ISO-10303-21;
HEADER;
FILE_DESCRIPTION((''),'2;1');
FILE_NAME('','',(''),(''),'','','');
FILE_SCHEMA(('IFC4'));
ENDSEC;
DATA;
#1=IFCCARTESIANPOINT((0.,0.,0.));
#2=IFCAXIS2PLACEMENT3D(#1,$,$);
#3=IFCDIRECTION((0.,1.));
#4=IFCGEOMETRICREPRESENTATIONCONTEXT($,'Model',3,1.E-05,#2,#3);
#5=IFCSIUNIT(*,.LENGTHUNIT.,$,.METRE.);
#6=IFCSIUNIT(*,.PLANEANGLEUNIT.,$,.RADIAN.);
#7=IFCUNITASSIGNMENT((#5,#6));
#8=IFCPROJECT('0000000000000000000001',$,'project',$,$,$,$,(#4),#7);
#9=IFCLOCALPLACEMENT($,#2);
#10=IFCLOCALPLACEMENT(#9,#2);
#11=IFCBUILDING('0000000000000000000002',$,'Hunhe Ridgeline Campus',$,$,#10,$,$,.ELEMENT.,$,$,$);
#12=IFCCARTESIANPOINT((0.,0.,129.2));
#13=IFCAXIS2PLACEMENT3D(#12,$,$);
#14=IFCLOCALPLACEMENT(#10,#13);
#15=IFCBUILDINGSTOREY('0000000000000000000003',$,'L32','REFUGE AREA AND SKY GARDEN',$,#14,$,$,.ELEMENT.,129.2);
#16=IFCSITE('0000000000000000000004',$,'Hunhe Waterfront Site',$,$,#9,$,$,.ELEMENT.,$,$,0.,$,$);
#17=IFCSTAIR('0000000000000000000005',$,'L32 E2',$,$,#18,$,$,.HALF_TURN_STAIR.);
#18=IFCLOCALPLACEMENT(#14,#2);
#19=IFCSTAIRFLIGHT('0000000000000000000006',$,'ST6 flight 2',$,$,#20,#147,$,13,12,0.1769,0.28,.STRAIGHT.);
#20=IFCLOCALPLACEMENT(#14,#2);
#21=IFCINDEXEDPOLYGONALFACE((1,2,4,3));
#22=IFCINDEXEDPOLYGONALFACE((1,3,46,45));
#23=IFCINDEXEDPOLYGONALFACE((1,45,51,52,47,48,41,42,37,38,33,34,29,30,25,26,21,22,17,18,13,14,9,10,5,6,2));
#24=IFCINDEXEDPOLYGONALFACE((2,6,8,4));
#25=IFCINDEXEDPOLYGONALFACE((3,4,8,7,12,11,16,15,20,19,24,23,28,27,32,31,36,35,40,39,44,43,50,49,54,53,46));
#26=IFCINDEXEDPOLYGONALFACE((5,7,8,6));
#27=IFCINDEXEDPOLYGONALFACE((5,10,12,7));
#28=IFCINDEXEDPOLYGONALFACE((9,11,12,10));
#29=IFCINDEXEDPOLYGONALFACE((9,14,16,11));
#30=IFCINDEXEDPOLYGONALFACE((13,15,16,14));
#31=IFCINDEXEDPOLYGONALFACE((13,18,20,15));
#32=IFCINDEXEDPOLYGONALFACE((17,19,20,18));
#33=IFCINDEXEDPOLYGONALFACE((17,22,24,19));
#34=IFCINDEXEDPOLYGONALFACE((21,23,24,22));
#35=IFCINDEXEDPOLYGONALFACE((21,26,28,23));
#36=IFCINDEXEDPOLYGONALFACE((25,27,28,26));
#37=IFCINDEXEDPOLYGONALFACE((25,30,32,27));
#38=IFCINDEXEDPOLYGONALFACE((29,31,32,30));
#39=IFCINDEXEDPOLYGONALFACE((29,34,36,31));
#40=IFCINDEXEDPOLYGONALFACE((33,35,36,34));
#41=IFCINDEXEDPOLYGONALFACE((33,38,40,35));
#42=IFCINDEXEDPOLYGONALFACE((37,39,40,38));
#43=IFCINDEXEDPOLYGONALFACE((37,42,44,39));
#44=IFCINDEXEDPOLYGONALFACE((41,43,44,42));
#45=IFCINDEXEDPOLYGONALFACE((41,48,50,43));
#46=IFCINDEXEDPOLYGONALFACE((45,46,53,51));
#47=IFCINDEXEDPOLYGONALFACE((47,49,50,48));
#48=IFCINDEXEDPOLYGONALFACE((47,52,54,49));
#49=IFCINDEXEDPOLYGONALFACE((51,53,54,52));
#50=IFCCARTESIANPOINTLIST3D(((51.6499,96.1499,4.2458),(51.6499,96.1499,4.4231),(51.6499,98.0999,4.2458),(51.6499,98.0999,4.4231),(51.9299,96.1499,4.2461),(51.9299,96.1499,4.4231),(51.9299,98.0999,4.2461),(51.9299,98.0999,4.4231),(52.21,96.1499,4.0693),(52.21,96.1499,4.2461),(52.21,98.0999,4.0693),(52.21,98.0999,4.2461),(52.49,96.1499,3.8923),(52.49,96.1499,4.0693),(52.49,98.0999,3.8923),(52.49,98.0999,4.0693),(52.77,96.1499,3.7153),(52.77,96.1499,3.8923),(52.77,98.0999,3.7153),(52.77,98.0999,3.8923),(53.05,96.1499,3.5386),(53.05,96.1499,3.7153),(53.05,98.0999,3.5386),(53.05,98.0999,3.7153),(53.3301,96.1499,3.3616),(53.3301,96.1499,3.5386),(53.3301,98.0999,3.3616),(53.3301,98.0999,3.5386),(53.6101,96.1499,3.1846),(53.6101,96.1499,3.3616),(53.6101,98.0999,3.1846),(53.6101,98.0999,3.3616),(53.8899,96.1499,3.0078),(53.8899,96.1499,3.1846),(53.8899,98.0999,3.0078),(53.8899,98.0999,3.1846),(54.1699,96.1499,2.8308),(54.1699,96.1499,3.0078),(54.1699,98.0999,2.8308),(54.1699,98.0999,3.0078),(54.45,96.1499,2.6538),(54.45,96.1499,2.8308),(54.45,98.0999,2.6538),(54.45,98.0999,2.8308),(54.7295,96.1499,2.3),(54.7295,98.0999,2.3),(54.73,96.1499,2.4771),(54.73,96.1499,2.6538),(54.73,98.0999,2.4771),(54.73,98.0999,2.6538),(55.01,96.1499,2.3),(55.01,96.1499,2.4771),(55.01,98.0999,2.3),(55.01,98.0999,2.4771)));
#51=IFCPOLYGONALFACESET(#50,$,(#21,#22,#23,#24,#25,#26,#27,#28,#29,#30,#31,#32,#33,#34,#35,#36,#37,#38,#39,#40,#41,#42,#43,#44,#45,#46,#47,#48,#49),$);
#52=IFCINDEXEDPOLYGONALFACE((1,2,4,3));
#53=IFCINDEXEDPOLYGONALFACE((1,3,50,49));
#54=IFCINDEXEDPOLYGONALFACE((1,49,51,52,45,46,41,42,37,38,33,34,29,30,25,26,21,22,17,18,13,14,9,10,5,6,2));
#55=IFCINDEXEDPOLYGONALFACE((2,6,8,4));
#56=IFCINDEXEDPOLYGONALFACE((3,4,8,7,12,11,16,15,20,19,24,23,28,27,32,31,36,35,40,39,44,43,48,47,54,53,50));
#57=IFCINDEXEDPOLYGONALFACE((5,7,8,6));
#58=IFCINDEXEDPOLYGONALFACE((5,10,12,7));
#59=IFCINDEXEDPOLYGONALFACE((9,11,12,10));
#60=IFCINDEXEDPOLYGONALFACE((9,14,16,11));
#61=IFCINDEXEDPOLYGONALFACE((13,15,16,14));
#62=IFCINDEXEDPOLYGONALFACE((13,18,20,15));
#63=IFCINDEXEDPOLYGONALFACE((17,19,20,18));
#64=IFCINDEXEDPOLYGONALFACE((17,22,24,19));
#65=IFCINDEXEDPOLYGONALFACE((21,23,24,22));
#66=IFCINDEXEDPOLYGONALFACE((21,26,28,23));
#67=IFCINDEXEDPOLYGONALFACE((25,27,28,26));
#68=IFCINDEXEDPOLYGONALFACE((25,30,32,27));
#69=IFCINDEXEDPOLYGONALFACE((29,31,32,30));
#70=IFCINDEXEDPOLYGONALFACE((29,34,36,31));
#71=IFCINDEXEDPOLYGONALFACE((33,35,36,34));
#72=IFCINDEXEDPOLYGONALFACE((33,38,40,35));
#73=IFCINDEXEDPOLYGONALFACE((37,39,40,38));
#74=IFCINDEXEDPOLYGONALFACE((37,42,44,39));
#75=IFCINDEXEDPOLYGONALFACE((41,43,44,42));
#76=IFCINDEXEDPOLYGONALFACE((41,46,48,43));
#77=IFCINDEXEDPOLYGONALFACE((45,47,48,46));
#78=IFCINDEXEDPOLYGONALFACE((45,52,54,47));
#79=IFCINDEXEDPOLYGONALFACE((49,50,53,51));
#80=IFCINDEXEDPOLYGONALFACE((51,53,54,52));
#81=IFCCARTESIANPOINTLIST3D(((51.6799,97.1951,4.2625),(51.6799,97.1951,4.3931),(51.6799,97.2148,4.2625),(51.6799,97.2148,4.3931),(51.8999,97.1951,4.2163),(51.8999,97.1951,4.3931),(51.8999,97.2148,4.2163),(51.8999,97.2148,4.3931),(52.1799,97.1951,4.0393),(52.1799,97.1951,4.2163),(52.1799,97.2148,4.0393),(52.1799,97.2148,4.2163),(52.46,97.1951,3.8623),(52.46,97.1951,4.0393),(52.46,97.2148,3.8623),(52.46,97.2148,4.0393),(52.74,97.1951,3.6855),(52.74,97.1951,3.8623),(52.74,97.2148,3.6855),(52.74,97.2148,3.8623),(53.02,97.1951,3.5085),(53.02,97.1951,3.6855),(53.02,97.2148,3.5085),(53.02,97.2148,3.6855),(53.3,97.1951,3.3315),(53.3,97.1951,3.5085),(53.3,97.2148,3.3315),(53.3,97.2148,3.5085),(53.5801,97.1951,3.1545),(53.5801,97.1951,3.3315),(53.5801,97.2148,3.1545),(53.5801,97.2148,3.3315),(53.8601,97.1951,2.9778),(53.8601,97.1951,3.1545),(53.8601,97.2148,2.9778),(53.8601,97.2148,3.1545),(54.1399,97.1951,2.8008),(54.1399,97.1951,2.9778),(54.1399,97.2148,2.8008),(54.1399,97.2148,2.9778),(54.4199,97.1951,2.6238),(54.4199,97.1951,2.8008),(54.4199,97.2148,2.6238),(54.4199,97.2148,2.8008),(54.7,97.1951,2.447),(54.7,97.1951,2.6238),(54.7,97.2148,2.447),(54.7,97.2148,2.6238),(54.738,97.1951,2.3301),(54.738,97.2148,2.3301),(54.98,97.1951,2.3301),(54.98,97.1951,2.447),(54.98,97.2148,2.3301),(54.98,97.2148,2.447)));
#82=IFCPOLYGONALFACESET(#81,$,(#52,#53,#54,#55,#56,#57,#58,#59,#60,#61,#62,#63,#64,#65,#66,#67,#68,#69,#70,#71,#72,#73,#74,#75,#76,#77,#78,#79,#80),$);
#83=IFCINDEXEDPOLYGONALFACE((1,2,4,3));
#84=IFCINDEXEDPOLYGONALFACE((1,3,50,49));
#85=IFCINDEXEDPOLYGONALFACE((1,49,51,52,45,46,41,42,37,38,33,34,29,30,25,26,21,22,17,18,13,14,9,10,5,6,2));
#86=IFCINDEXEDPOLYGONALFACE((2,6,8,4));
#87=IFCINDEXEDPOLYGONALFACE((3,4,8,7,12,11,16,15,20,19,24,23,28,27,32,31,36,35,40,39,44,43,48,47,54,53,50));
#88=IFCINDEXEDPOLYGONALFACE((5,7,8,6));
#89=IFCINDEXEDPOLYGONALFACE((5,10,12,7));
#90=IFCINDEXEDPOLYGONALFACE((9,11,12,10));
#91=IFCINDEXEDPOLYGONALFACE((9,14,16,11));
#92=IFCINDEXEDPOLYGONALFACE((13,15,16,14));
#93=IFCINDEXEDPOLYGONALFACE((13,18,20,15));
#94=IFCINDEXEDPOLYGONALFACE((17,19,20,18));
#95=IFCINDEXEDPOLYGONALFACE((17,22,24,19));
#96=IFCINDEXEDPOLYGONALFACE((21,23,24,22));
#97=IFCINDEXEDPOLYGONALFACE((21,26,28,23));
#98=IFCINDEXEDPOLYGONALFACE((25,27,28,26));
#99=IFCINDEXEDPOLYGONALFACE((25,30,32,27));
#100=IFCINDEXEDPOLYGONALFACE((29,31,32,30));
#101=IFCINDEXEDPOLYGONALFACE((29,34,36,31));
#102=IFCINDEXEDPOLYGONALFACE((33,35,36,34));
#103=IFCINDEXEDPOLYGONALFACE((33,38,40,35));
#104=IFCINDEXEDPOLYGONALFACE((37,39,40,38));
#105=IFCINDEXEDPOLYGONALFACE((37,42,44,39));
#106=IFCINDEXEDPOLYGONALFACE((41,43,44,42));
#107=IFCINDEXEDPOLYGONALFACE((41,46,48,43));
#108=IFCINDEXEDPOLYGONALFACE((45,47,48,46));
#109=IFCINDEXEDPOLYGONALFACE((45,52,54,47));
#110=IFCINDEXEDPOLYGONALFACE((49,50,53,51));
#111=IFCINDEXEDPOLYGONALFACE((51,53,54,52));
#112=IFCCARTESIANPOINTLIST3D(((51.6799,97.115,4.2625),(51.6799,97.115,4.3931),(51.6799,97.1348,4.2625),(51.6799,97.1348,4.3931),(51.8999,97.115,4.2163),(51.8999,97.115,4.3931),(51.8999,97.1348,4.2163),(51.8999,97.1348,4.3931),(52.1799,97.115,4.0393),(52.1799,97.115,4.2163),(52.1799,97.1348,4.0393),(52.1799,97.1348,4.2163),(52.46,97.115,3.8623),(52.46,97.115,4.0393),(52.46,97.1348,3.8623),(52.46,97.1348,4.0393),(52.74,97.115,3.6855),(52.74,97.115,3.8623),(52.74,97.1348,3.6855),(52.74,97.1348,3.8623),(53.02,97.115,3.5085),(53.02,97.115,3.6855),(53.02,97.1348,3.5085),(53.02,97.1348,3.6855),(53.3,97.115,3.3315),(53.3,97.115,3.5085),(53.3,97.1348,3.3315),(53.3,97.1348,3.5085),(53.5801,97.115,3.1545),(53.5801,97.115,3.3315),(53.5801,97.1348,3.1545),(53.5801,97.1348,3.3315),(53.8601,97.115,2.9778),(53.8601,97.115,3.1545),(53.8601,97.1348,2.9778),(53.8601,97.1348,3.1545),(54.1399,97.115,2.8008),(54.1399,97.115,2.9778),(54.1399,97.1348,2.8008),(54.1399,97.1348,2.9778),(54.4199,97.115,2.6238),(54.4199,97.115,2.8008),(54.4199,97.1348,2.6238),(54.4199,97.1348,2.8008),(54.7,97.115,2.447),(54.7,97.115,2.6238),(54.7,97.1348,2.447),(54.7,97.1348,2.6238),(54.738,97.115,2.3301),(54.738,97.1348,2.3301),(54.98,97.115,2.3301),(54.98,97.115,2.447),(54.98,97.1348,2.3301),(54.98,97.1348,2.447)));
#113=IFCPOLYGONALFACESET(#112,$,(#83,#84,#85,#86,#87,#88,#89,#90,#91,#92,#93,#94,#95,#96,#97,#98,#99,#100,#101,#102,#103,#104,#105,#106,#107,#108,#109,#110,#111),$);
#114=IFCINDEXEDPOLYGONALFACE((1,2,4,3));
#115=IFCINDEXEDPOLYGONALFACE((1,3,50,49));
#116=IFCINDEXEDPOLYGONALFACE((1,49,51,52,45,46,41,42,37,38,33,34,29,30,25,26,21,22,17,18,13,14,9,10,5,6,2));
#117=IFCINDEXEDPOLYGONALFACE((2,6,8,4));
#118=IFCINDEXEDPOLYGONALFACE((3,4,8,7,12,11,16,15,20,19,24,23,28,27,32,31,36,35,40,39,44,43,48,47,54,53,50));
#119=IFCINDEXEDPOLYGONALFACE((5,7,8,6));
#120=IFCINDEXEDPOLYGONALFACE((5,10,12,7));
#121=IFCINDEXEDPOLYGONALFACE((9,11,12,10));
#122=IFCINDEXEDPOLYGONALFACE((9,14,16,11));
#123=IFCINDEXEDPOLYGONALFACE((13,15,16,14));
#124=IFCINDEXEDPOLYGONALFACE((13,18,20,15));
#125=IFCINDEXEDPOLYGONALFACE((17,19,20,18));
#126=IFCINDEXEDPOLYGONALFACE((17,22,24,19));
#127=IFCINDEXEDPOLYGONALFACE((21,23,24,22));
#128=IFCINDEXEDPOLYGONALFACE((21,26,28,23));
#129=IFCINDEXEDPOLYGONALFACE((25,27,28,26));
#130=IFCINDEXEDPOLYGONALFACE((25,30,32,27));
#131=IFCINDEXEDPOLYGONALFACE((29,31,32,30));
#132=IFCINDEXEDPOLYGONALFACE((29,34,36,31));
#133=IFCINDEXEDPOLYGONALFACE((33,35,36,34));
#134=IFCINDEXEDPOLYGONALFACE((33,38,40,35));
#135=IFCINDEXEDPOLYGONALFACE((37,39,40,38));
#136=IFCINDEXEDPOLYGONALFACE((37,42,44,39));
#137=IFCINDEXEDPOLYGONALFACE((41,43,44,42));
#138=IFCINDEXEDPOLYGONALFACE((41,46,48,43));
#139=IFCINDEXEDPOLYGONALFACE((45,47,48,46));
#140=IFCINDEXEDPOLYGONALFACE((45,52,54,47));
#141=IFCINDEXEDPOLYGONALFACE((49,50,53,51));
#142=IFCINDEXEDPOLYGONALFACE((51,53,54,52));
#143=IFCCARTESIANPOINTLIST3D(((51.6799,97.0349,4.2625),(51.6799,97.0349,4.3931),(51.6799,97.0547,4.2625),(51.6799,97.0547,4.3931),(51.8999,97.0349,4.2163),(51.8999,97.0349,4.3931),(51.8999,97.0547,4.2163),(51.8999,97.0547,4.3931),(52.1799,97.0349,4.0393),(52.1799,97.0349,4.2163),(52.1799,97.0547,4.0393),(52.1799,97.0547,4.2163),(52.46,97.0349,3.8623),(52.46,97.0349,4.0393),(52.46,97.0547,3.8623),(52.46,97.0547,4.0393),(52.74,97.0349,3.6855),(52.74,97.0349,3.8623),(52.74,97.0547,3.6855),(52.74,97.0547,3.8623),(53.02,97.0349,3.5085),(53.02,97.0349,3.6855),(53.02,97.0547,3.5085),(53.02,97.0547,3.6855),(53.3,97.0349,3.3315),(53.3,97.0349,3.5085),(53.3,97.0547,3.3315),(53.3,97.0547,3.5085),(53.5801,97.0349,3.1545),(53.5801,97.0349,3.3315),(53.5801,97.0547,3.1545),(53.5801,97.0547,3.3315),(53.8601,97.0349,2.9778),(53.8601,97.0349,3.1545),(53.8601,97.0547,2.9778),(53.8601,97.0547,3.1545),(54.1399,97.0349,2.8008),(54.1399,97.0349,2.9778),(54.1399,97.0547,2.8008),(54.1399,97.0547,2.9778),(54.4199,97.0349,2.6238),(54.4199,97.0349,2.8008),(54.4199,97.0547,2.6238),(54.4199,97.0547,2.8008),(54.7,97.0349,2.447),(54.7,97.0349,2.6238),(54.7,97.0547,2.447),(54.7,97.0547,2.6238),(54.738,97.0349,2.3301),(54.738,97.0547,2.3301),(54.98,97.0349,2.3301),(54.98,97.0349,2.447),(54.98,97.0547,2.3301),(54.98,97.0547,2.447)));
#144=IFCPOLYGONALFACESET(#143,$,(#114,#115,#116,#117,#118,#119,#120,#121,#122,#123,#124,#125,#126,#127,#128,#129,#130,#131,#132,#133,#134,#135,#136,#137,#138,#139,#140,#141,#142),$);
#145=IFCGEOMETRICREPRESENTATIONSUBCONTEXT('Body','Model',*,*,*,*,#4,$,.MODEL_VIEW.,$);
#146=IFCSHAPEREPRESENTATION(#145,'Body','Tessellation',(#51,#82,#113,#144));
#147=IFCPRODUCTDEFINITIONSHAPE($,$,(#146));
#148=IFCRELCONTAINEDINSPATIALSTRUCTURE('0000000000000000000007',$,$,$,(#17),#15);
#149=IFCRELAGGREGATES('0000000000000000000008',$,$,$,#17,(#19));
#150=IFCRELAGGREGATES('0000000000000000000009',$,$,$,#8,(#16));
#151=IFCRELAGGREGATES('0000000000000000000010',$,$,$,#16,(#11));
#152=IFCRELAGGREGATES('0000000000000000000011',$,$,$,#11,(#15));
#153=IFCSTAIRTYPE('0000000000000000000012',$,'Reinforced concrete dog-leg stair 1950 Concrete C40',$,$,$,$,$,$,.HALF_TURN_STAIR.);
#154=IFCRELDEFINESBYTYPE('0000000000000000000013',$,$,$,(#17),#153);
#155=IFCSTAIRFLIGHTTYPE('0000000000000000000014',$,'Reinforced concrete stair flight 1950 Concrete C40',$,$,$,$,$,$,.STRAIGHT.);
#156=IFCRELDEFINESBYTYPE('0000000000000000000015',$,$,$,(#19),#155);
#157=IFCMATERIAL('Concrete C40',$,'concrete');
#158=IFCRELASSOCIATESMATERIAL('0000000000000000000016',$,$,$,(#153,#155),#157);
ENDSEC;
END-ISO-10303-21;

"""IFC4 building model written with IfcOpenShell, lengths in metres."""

from ifc_helpers import new_model, si_unit, direction, frame, origin, place, context, subcontext, project, spatial, polyline, outline, extrude, material, type_object, element, aggregate, save


model = new_model("IFC4")

# Units and contexts
model_context = context("Model", 3, precision=1e-05, world=origin(), true_north=direction((0.0, 1.0)))
body_context = subcontext(model_context, "Body", "Model", "MODEL_VIEW")
ifc_project = project(units=[si_unit("LENGTHUNIT", "METRE"), si_unit("PLANEANGLEUNIT", "RADIAN")], contexts=[model_context])

# Site, building, storey
site_placement = place(None, origin())
site = spatial("IfcSite", under=ifc_project, at=site_placement, Name="Hunhe Waterfront Site", CompositionType="ELEMENT", RefElevation=0.0)
building_placement = place(site_placement, origin())
building = spatial("IfcBuilding", under=site, at=building_placement, Name="Hunhe Ridgeline Campus", CompositionType="ELEMENT")
storey_placement = place(building_placement, frame((0.0, 0.0, 129.2)))
storey = spatial("IfcBuildingStorey", under=building, at=storey_placement, Name="L32", Description="REFUGE AREA AND SKY GARDEN", CompositionType="ELEMENT", Elevation=129.2)

# Stair, stair flight
ifc_material_1 = material(Name="Concrete C40", Category="concrete")
stair_type = type_object("IfcStairType", Name="Reinforced concrete dog-leg stair 1950 Concrete C40", PredefinedType="HALF_TURN_STAIR", material=ifc_material_1)
stair_placement = place(storey_placement, origin())
stair = element("IfcStair", 1, at=stair_placement, inside=storey, type_object=stair_type, Name="L32 E2", PredefinedType="HALF_TURN_STAIR")
stair_flight_type = type_object("IfcStairFlightType", Name="Reinforced concrete stair flight 1950 Concrete C40", PredefinedType="STRAIGHT", material=ifc_material_1)
stair_flight_1_placement = place(storey_placement, frame((55.01, 97.125, 2.3), z_axis=(0.0, 0.0, 1.0), x_axis=(-1.0, 0.0, 0.0)))
stair_flight_1 = element("IfcStairFlight", 2, at=stair_flight_1_placement, type_object=stair_flight_type, Name="ST6 flight 2", NumberOfRisers=13, NumberOfTreads=12, PredefinedType="STRAIGHT", RiserHeight=0.1769, TreadLength=0.28, context=body_context, shape_type="SweptSolid", body=[
    extrude(outline(polyline([(0.0, 0.0), (0.0, 0.177), (0.28, 0.177), (0.28, 0.3538), (0.5601, 0.3538), (0.5601, 0.5308), (0.8401, 0.5308), (0.8401, 0.7078), (1.1201, 0.7078), (1.1201, 0.8845), (1.3999, 0.8845), (1.3999, 1.0615), (1.6799, 1.0615), (1.6799, 1.2385), (1.96, 1.2385), (1.96, 1.4153), (2.24, 1.4153), (2.24, 1.5923), (2.52, 1.5923), (2.52, 1.7693), (2.8, 1.7693), (2.8, 1.946), (3.0801, 1.946), (3.0801, 2.123), (3.3601, 2.123), (3.3601, 2.3), (3.3601, 1.9458), (0.2805, 0.0), (0.0, 0.0)])), frame((0.0, 0.9751, 0.0), z_axis=(0.0, -1.0, 0.0), x_axis=(1.0, 0.0, 0.0)), (0.0, 0.0, 1.0), 1.95),
    extrude(outline(polyline([(0.03, 0.03), (0.03, 0.147), (0.3101, 0.147), (0.3101, 0.3237), (0.5901, 0.3237), (0.5901, 0.5007), (0.8701, 0.5007), (0.8701, 0.6777), (1.1499, 0.6777), (1.1499, 0.8545), (1.4299, 0.8545), (1.4299, 1.0315), (1.71, 1.0315), (1.71, 1.2085), (1.99, 1.2085), (1.99, 1.3855), (2.27, 1.3855), (2.27, 1.5623), (2.55, 1.5623), (2.55, 1.7393), (2.8301, 1.7393), (2.8301, 1.9163), (3.1101, 1.9163), (3.1101, 2.093), (3.3301, 2.093), (3.3301, 1.9624), (0.272, 0.03), (0.03, 0.03)])), frame((0.0, -0.0701, 0.0), z_axis=(0.0, -1.0, 0.0), x_axis=(1.0, 0.0, 0.0)), (0.0, 0.0, 1.0), 0.0198),
    extrude(outline(polyline([(0.03, 0.03), (0.03, 0.147), (0.3101, 0.147), (0.3101, 0.3237), (0.5901, 0.3237), (0.5901, 0.5007), (0.8701, 0.5007), (0.8701, 0.6777), (1.1499, 0.6777), (1.1499, 0.8545), (1.4299, 0.8545), (1.4299, 1.0315), (1.71, 1.0315), (1.71, 1.2085), (1.99, 1.2085), (1.99, 1.3855), (2.27, 1.3855), (2.27, 1.5623), (2.55, 1.5623), (2.55, 1.7393), (2.8301, 1.7393), (2.8301, 1.9163), (3.1101, 1.9163), (3.1101, 2.093), (3.3301, 2.093), (3.3301, 1.9624), (0.272, 0.03), (0.03, 0.03)])), frame((0.0, 0.01, 0.0), z_axis=(0.0, -1.0, 0.0), x_axis=(1.0, 0.0, 0.0)), (0.0, 0.0, 1.0), 0.0198),
    extrude(outline(polyline([(0.03, 0.03), (0.03, 0.147), (0.3101, 0.147), (0.3101, 0.3237), (0.5901, 0.3237), (0.5901, 0.5007), (0.8701, 0.5007), (0.8701, 0.6777), (1.1499, 0.6777), (1.1499, 0.8545), (1.4299, 0.8545), (1.4299, 1.0315), (1.71, 1.0315), (1.71, 1.2085), (1.99, 1.2085), (1.99, 1.3855), (2.27, 1.3855), (2.27, 1.5623), (2.55, 1.5623), (2.55, 1.7393), (2.8301, 1.7393), (2.8301, 1.9163), (3.1101, 1.9163), (3.1101, 2.093), (3.3301, 2.093), (3.3301, 1.9624), (0.272, 0.03), (0.03, 0.03)])), frame((0.0, 0.0901, 0.0), z_axis=(0.0, -1.0, 0.0), x_axis=(1.0, 0.0, 0.0)), (0.0, 0.0, 1.0), 0.0198),
])
aggregate(stair, [stair_flight_1])

save(model, "model.ifc")
